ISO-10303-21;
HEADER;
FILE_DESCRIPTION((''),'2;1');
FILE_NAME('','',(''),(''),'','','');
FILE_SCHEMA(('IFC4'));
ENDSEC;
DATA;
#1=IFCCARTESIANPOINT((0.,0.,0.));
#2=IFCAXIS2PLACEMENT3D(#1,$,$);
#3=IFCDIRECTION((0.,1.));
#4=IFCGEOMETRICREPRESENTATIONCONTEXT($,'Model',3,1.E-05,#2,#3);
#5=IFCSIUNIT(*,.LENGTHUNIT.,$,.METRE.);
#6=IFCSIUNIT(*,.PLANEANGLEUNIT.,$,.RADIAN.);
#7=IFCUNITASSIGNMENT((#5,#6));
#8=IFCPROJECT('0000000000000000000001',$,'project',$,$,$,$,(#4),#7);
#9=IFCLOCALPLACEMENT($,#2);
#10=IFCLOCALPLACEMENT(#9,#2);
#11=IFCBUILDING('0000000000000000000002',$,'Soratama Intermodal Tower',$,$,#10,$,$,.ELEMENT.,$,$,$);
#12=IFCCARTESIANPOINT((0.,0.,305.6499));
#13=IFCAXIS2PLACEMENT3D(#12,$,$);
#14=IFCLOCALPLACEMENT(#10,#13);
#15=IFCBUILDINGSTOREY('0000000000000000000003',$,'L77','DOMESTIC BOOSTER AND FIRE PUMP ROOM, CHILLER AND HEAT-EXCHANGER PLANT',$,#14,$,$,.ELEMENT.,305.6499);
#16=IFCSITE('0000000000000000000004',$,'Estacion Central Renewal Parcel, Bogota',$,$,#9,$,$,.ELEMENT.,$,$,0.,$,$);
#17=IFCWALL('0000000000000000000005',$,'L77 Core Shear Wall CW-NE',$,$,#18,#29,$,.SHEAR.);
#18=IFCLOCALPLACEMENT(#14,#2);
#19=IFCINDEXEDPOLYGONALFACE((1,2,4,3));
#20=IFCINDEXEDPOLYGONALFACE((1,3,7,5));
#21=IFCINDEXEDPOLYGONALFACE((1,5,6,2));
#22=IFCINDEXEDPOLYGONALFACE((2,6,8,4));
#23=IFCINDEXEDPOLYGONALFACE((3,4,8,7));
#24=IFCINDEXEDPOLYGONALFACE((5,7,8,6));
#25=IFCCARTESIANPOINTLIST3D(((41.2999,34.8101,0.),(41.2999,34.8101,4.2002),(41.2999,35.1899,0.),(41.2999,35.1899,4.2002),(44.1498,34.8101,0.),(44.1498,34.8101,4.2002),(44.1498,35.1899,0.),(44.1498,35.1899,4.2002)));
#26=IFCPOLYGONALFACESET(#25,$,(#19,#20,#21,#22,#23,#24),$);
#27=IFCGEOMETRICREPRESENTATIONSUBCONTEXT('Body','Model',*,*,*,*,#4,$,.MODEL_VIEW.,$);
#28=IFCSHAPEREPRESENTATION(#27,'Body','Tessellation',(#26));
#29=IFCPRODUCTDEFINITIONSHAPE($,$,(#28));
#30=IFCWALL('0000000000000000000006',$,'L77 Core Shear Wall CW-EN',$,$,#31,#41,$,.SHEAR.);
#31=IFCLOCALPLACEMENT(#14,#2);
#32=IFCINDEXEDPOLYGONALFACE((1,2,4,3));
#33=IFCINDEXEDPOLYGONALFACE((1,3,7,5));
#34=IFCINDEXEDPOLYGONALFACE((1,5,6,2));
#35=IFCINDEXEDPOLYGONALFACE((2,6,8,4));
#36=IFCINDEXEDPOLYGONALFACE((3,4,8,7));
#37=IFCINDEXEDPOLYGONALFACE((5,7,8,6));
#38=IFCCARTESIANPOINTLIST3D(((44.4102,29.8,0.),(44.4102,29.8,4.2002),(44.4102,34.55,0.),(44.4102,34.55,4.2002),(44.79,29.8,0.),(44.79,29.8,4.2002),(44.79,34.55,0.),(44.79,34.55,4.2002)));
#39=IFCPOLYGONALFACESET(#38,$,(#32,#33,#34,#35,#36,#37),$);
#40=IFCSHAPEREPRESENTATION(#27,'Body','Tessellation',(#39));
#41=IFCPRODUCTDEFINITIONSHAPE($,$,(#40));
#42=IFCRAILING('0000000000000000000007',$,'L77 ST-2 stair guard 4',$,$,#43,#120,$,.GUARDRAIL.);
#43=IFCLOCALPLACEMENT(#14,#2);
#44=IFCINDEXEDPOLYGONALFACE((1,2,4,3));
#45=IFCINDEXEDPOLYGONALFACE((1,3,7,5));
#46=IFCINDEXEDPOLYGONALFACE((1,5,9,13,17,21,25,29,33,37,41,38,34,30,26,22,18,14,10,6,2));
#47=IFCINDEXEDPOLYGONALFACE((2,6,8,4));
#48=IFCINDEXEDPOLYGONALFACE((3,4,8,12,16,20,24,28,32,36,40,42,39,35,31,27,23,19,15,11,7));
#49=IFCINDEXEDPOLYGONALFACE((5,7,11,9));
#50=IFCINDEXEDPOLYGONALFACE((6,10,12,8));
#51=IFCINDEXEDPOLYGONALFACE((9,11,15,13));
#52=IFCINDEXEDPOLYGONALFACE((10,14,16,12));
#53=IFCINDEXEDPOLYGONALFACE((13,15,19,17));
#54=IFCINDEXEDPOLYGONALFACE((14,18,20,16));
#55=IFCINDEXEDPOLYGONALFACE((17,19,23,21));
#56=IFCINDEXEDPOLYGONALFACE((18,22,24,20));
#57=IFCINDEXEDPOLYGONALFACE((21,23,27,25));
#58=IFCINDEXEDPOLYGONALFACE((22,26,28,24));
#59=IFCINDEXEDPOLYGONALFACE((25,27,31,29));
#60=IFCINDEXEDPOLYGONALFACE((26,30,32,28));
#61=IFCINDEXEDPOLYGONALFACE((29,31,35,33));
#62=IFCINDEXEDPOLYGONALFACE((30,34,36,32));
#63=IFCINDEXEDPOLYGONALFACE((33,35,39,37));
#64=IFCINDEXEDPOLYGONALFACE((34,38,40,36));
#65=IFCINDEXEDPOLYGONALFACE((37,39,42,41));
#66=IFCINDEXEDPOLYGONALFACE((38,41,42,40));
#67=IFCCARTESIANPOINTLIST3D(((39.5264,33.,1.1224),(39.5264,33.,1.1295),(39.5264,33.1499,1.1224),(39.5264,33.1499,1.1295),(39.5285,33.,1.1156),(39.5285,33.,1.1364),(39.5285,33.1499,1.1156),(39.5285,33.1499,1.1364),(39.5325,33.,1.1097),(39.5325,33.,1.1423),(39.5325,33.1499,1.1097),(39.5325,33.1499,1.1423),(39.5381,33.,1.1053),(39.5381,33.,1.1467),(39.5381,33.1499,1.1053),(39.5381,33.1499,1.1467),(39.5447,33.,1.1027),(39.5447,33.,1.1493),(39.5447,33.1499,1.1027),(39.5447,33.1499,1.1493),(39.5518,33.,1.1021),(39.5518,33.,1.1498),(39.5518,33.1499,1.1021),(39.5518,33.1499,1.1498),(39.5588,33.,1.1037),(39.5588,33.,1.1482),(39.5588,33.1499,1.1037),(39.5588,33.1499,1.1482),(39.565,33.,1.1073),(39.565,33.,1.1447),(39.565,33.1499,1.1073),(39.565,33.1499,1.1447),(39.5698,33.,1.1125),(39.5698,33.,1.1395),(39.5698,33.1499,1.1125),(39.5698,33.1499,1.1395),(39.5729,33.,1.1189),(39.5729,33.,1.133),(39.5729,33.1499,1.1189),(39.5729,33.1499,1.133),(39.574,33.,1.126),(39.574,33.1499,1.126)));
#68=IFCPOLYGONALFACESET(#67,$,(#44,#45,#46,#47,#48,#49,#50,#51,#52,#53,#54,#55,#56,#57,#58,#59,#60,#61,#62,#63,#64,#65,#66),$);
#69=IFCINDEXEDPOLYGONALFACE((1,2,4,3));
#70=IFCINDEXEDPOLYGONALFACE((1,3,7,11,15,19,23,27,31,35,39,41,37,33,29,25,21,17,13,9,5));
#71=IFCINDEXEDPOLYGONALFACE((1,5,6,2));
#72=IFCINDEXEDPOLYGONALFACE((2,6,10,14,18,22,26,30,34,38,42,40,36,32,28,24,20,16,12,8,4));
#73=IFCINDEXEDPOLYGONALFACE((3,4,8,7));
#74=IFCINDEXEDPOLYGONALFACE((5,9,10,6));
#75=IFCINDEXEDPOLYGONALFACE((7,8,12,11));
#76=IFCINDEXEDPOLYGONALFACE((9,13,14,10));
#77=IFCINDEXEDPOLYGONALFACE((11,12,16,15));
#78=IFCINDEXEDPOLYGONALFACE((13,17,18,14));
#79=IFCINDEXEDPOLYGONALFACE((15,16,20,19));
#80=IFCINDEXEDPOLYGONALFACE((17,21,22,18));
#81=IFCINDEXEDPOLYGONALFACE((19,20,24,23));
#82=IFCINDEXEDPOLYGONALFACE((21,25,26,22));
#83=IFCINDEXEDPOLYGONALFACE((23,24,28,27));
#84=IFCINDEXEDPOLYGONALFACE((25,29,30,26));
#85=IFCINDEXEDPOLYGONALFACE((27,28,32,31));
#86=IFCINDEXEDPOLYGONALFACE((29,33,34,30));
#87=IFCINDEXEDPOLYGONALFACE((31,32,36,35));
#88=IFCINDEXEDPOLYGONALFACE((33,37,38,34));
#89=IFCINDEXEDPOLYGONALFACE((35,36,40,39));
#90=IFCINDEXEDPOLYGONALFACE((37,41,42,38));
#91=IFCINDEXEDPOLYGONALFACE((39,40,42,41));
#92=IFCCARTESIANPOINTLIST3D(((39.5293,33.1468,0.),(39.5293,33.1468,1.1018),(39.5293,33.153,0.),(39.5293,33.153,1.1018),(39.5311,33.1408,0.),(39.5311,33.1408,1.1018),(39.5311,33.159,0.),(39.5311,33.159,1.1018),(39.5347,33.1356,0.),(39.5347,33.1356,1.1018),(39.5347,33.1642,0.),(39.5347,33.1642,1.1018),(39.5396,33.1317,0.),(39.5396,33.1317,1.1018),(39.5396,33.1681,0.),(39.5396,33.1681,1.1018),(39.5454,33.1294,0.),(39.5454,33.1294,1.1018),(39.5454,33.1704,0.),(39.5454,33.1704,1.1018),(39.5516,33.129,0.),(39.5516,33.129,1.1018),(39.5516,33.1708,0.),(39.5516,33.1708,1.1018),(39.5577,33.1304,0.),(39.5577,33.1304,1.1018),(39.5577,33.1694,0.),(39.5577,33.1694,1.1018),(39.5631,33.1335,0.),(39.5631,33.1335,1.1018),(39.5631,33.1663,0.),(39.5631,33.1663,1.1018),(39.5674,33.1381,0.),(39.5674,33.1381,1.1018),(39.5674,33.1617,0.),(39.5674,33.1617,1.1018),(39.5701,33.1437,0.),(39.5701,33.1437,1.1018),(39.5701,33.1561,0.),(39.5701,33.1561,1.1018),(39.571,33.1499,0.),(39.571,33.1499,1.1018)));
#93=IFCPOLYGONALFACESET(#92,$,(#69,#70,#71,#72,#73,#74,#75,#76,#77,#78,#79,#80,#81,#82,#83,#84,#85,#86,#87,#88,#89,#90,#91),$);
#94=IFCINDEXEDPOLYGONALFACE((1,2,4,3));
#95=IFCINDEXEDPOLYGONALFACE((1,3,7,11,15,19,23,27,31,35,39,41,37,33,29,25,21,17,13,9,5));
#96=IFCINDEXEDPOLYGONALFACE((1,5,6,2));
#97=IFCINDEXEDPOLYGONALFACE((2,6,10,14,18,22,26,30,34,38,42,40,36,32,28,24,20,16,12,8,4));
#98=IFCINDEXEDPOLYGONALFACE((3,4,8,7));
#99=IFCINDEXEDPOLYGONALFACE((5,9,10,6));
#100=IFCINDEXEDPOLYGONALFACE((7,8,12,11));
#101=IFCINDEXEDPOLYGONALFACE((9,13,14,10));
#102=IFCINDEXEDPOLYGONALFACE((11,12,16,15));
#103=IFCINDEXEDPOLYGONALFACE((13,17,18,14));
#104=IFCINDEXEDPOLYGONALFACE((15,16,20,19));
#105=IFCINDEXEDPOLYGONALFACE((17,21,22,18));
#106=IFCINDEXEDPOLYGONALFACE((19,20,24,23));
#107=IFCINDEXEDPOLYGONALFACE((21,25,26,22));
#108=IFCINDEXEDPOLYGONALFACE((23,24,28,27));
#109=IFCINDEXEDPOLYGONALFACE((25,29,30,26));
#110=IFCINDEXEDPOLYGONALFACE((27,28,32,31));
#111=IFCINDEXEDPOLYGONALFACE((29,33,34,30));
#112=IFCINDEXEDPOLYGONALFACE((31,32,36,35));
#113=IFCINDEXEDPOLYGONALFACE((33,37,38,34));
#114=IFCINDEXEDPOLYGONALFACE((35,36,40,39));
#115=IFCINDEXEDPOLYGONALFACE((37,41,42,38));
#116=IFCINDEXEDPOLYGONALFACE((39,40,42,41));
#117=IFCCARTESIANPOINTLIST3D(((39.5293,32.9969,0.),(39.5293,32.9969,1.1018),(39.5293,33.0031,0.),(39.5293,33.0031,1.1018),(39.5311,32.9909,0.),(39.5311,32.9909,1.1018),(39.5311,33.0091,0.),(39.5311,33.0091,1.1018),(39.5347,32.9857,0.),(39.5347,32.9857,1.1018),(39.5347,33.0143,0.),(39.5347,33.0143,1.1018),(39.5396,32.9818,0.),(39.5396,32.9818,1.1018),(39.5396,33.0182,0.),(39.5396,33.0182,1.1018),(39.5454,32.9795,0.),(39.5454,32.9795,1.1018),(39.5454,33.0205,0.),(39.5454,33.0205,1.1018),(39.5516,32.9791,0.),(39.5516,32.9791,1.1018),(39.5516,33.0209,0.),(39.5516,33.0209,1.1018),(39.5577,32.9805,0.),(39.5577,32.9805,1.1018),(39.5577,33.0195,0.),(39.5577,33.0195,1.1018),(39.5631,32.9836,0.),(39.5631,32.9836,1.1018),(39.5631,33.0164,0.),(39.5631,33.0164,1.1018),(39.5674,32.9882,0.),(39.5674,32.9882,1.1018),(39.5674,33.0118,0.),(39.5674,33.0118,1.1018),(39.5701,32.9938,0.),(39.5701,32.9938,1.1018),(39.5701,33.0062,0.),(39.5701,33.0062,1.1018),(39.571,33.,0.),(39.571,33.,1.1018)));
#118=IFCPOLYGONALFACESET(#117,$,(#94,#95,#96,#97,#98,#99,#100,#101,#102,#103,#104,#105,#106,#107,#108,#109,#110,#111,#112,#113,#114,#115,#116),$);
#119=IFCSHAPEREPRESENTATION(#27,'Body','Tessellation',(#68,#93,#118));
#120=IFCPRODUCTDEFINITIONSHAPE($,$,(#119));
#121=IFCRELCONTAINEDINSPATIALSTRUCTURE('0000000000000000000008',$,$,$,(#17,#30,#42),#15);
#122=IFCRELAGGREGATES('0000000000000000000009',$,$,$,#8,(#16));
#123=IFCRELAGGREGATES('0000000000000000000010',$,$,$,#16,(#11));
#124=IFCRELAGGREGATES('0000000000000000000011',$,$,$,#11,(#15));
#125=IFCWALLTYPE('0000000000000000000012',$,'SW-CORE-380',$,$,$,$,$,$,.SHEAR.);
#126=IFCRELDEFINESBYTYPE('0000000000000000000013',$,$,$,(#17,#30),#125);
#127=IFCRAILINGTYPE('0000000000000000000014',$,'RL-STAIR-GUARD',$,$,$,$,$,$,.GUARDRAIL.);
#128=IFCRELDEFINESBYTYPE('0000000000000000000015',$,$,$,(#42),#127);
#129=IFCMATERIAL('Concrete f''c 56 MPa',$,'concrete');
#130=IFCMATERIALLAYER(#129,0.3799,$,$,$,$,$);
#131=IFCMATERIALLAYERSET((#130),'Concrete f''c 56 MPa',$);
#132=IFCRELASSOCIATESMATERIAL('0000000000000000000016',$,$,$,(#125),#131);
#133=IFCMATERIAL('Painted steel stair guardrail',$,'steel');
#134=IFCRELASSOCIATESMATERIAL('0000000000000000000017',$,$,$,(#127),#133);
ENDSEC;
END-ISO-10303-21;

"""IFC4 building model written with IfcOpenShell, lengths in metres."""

from ifc_helpers import new_model, si_unit, direction, frame, frame_2d, origin, origin_2d, place, context, subcontext, project, spatial, rectangle, circle, extrude, material, layer, layer_set, type_object, element, save


model = new_model("IFC4")

# Units and contexts
model_context = context("Model", 3, precision=1e-05, world=origin(), true_north=direction((0.0, 1.0)))
body_context = subcontext(model_context, "Body", "Model", "MODEL_VIEW")
ifc_project = project(units=[si_unit("LENGTHUNIT", "METRE"), si_unit("PLANEANGLEUNIT", "RADIAN")], contexts=[model_context])

# Site, building, storey
site_placement = place(None, origin())
site = spatial("IfcSite", under=ifc_project, at=site_placement, Name="Estacion Central Renewal Parcel, Bogota", CompositionType="ELEMENT", RefElevation=0.0)
building_placement = place(site_placement, origin())
building = spatial("IfcBuilding", under=site, at=building_placement, Name="Soratama Intermodal Tower", CompositionType="ELEMENT")
storey_placement = place(building_placement, frame((0.0, 0.0, 305.6499)))
storey = spatial("IfcBuildingStorey", under=building, at=storey_placement, Name="L77", Description="DOMESTIC BOOSTER AND FIRE PUMP ROOM, CHILLER AND HEAT-EXCHANGER PLANT", CompositionType="ELEMENT", Elevation=305.6499)

# Walls
ifc_material_1 = material(Name="Concrete f'c 56 MPa", Category="concrete")
ifc_layer_1 = layer(ifc_material_1, 0.3799)
ifc_layer_set_1 = layer_set([ifc_layer_1], Name="Concrete f'c 56 MPa")
wall_type_1 = type_object("IfcWallType", Name="SW-CORE-380", PredefinedType="SHEAR", material=ifc_layer_set_1)
wall_1_placement = place(storey_placement, frame((41.3, 35.0, 0.0), z_axis=(0.0, 0.0, 1.0), x_axis=(1.0, 0.0, 0.0)))
element("IfcWall", 1, at=wall_1_placement, inside=storey, type_object=wall_type_1, Name="L77 Core Shear Wall CW-NE", PredefinedType="SHEAR", context=body_context, shape_type="SweptSolid", body=[
    extrude(rectangle(XDim=2.8499, YDim=0.3799, at=frame_2d((1.4248, 0.0))), origin(), (0.0, 0.0, 1.0), 4.2002),
])
wall_2_placement = place(storey_placement, frame((44.6001, 29.8, 0.0), z_axis=(0.0, 0.0, 1.0), x_axis=(0.0, 1.0, 0.0)))
element("IfcWall", 2, at=wall_2_placement, inside=storey, type_object=wall_type_1, Name="L77 Core Shear Wall CW-EN", PredefinedType="SHEAR", context=body_context, shape_type="SweptSolid", body=[
    extrude(rectangle(XDim=4.75, YDim=0.3799, at=frame_2d((2.375, 0.0))), origin(), (0.0, 0.0, 1.0), 4.2002),
])

# Railing
ifc_material_2 = material(Name="Painted steel stair guardrail", Category="steel")
railing_type = type_object("IfcRailingType", Name="RL-STAIR-GUARD", PredefinedType="GUARDRAIL", material=ifc_material_2)
railing_placement = place(storey_placement, frame((39.55, 33.1499, 0.0)))
element("IfcRailing", 3, at=railing_placement, inside=storey, type_object=railing_type, Name="L77 ST-2 stair guard 4", PredefinedType="GUARDRAIL", context=body_context, shape_type="SweptSolid", body=[
    extrude(circle(Radius=0.0239, at=origin_2d()), frame((0.0, 0.0, 1.126), z_axis=(0.0, -1.0, 0.0), x_axis=(1.0, 0.0, 0.0)), (0.0, 0.0, 1.0), 0.1499),
    extrude(circle(Radius=0.021, at=origin_2d()), origin(), (0.0, 0.0, 1.0), 1.1018),
    extrude(circle(Radius=0.021, at=origin_2d()), frame((0.0, -0.1499, 0.0)), (0.0, 0.0, 1.0), 1.1018),
])

save(model, "model.ifc")
